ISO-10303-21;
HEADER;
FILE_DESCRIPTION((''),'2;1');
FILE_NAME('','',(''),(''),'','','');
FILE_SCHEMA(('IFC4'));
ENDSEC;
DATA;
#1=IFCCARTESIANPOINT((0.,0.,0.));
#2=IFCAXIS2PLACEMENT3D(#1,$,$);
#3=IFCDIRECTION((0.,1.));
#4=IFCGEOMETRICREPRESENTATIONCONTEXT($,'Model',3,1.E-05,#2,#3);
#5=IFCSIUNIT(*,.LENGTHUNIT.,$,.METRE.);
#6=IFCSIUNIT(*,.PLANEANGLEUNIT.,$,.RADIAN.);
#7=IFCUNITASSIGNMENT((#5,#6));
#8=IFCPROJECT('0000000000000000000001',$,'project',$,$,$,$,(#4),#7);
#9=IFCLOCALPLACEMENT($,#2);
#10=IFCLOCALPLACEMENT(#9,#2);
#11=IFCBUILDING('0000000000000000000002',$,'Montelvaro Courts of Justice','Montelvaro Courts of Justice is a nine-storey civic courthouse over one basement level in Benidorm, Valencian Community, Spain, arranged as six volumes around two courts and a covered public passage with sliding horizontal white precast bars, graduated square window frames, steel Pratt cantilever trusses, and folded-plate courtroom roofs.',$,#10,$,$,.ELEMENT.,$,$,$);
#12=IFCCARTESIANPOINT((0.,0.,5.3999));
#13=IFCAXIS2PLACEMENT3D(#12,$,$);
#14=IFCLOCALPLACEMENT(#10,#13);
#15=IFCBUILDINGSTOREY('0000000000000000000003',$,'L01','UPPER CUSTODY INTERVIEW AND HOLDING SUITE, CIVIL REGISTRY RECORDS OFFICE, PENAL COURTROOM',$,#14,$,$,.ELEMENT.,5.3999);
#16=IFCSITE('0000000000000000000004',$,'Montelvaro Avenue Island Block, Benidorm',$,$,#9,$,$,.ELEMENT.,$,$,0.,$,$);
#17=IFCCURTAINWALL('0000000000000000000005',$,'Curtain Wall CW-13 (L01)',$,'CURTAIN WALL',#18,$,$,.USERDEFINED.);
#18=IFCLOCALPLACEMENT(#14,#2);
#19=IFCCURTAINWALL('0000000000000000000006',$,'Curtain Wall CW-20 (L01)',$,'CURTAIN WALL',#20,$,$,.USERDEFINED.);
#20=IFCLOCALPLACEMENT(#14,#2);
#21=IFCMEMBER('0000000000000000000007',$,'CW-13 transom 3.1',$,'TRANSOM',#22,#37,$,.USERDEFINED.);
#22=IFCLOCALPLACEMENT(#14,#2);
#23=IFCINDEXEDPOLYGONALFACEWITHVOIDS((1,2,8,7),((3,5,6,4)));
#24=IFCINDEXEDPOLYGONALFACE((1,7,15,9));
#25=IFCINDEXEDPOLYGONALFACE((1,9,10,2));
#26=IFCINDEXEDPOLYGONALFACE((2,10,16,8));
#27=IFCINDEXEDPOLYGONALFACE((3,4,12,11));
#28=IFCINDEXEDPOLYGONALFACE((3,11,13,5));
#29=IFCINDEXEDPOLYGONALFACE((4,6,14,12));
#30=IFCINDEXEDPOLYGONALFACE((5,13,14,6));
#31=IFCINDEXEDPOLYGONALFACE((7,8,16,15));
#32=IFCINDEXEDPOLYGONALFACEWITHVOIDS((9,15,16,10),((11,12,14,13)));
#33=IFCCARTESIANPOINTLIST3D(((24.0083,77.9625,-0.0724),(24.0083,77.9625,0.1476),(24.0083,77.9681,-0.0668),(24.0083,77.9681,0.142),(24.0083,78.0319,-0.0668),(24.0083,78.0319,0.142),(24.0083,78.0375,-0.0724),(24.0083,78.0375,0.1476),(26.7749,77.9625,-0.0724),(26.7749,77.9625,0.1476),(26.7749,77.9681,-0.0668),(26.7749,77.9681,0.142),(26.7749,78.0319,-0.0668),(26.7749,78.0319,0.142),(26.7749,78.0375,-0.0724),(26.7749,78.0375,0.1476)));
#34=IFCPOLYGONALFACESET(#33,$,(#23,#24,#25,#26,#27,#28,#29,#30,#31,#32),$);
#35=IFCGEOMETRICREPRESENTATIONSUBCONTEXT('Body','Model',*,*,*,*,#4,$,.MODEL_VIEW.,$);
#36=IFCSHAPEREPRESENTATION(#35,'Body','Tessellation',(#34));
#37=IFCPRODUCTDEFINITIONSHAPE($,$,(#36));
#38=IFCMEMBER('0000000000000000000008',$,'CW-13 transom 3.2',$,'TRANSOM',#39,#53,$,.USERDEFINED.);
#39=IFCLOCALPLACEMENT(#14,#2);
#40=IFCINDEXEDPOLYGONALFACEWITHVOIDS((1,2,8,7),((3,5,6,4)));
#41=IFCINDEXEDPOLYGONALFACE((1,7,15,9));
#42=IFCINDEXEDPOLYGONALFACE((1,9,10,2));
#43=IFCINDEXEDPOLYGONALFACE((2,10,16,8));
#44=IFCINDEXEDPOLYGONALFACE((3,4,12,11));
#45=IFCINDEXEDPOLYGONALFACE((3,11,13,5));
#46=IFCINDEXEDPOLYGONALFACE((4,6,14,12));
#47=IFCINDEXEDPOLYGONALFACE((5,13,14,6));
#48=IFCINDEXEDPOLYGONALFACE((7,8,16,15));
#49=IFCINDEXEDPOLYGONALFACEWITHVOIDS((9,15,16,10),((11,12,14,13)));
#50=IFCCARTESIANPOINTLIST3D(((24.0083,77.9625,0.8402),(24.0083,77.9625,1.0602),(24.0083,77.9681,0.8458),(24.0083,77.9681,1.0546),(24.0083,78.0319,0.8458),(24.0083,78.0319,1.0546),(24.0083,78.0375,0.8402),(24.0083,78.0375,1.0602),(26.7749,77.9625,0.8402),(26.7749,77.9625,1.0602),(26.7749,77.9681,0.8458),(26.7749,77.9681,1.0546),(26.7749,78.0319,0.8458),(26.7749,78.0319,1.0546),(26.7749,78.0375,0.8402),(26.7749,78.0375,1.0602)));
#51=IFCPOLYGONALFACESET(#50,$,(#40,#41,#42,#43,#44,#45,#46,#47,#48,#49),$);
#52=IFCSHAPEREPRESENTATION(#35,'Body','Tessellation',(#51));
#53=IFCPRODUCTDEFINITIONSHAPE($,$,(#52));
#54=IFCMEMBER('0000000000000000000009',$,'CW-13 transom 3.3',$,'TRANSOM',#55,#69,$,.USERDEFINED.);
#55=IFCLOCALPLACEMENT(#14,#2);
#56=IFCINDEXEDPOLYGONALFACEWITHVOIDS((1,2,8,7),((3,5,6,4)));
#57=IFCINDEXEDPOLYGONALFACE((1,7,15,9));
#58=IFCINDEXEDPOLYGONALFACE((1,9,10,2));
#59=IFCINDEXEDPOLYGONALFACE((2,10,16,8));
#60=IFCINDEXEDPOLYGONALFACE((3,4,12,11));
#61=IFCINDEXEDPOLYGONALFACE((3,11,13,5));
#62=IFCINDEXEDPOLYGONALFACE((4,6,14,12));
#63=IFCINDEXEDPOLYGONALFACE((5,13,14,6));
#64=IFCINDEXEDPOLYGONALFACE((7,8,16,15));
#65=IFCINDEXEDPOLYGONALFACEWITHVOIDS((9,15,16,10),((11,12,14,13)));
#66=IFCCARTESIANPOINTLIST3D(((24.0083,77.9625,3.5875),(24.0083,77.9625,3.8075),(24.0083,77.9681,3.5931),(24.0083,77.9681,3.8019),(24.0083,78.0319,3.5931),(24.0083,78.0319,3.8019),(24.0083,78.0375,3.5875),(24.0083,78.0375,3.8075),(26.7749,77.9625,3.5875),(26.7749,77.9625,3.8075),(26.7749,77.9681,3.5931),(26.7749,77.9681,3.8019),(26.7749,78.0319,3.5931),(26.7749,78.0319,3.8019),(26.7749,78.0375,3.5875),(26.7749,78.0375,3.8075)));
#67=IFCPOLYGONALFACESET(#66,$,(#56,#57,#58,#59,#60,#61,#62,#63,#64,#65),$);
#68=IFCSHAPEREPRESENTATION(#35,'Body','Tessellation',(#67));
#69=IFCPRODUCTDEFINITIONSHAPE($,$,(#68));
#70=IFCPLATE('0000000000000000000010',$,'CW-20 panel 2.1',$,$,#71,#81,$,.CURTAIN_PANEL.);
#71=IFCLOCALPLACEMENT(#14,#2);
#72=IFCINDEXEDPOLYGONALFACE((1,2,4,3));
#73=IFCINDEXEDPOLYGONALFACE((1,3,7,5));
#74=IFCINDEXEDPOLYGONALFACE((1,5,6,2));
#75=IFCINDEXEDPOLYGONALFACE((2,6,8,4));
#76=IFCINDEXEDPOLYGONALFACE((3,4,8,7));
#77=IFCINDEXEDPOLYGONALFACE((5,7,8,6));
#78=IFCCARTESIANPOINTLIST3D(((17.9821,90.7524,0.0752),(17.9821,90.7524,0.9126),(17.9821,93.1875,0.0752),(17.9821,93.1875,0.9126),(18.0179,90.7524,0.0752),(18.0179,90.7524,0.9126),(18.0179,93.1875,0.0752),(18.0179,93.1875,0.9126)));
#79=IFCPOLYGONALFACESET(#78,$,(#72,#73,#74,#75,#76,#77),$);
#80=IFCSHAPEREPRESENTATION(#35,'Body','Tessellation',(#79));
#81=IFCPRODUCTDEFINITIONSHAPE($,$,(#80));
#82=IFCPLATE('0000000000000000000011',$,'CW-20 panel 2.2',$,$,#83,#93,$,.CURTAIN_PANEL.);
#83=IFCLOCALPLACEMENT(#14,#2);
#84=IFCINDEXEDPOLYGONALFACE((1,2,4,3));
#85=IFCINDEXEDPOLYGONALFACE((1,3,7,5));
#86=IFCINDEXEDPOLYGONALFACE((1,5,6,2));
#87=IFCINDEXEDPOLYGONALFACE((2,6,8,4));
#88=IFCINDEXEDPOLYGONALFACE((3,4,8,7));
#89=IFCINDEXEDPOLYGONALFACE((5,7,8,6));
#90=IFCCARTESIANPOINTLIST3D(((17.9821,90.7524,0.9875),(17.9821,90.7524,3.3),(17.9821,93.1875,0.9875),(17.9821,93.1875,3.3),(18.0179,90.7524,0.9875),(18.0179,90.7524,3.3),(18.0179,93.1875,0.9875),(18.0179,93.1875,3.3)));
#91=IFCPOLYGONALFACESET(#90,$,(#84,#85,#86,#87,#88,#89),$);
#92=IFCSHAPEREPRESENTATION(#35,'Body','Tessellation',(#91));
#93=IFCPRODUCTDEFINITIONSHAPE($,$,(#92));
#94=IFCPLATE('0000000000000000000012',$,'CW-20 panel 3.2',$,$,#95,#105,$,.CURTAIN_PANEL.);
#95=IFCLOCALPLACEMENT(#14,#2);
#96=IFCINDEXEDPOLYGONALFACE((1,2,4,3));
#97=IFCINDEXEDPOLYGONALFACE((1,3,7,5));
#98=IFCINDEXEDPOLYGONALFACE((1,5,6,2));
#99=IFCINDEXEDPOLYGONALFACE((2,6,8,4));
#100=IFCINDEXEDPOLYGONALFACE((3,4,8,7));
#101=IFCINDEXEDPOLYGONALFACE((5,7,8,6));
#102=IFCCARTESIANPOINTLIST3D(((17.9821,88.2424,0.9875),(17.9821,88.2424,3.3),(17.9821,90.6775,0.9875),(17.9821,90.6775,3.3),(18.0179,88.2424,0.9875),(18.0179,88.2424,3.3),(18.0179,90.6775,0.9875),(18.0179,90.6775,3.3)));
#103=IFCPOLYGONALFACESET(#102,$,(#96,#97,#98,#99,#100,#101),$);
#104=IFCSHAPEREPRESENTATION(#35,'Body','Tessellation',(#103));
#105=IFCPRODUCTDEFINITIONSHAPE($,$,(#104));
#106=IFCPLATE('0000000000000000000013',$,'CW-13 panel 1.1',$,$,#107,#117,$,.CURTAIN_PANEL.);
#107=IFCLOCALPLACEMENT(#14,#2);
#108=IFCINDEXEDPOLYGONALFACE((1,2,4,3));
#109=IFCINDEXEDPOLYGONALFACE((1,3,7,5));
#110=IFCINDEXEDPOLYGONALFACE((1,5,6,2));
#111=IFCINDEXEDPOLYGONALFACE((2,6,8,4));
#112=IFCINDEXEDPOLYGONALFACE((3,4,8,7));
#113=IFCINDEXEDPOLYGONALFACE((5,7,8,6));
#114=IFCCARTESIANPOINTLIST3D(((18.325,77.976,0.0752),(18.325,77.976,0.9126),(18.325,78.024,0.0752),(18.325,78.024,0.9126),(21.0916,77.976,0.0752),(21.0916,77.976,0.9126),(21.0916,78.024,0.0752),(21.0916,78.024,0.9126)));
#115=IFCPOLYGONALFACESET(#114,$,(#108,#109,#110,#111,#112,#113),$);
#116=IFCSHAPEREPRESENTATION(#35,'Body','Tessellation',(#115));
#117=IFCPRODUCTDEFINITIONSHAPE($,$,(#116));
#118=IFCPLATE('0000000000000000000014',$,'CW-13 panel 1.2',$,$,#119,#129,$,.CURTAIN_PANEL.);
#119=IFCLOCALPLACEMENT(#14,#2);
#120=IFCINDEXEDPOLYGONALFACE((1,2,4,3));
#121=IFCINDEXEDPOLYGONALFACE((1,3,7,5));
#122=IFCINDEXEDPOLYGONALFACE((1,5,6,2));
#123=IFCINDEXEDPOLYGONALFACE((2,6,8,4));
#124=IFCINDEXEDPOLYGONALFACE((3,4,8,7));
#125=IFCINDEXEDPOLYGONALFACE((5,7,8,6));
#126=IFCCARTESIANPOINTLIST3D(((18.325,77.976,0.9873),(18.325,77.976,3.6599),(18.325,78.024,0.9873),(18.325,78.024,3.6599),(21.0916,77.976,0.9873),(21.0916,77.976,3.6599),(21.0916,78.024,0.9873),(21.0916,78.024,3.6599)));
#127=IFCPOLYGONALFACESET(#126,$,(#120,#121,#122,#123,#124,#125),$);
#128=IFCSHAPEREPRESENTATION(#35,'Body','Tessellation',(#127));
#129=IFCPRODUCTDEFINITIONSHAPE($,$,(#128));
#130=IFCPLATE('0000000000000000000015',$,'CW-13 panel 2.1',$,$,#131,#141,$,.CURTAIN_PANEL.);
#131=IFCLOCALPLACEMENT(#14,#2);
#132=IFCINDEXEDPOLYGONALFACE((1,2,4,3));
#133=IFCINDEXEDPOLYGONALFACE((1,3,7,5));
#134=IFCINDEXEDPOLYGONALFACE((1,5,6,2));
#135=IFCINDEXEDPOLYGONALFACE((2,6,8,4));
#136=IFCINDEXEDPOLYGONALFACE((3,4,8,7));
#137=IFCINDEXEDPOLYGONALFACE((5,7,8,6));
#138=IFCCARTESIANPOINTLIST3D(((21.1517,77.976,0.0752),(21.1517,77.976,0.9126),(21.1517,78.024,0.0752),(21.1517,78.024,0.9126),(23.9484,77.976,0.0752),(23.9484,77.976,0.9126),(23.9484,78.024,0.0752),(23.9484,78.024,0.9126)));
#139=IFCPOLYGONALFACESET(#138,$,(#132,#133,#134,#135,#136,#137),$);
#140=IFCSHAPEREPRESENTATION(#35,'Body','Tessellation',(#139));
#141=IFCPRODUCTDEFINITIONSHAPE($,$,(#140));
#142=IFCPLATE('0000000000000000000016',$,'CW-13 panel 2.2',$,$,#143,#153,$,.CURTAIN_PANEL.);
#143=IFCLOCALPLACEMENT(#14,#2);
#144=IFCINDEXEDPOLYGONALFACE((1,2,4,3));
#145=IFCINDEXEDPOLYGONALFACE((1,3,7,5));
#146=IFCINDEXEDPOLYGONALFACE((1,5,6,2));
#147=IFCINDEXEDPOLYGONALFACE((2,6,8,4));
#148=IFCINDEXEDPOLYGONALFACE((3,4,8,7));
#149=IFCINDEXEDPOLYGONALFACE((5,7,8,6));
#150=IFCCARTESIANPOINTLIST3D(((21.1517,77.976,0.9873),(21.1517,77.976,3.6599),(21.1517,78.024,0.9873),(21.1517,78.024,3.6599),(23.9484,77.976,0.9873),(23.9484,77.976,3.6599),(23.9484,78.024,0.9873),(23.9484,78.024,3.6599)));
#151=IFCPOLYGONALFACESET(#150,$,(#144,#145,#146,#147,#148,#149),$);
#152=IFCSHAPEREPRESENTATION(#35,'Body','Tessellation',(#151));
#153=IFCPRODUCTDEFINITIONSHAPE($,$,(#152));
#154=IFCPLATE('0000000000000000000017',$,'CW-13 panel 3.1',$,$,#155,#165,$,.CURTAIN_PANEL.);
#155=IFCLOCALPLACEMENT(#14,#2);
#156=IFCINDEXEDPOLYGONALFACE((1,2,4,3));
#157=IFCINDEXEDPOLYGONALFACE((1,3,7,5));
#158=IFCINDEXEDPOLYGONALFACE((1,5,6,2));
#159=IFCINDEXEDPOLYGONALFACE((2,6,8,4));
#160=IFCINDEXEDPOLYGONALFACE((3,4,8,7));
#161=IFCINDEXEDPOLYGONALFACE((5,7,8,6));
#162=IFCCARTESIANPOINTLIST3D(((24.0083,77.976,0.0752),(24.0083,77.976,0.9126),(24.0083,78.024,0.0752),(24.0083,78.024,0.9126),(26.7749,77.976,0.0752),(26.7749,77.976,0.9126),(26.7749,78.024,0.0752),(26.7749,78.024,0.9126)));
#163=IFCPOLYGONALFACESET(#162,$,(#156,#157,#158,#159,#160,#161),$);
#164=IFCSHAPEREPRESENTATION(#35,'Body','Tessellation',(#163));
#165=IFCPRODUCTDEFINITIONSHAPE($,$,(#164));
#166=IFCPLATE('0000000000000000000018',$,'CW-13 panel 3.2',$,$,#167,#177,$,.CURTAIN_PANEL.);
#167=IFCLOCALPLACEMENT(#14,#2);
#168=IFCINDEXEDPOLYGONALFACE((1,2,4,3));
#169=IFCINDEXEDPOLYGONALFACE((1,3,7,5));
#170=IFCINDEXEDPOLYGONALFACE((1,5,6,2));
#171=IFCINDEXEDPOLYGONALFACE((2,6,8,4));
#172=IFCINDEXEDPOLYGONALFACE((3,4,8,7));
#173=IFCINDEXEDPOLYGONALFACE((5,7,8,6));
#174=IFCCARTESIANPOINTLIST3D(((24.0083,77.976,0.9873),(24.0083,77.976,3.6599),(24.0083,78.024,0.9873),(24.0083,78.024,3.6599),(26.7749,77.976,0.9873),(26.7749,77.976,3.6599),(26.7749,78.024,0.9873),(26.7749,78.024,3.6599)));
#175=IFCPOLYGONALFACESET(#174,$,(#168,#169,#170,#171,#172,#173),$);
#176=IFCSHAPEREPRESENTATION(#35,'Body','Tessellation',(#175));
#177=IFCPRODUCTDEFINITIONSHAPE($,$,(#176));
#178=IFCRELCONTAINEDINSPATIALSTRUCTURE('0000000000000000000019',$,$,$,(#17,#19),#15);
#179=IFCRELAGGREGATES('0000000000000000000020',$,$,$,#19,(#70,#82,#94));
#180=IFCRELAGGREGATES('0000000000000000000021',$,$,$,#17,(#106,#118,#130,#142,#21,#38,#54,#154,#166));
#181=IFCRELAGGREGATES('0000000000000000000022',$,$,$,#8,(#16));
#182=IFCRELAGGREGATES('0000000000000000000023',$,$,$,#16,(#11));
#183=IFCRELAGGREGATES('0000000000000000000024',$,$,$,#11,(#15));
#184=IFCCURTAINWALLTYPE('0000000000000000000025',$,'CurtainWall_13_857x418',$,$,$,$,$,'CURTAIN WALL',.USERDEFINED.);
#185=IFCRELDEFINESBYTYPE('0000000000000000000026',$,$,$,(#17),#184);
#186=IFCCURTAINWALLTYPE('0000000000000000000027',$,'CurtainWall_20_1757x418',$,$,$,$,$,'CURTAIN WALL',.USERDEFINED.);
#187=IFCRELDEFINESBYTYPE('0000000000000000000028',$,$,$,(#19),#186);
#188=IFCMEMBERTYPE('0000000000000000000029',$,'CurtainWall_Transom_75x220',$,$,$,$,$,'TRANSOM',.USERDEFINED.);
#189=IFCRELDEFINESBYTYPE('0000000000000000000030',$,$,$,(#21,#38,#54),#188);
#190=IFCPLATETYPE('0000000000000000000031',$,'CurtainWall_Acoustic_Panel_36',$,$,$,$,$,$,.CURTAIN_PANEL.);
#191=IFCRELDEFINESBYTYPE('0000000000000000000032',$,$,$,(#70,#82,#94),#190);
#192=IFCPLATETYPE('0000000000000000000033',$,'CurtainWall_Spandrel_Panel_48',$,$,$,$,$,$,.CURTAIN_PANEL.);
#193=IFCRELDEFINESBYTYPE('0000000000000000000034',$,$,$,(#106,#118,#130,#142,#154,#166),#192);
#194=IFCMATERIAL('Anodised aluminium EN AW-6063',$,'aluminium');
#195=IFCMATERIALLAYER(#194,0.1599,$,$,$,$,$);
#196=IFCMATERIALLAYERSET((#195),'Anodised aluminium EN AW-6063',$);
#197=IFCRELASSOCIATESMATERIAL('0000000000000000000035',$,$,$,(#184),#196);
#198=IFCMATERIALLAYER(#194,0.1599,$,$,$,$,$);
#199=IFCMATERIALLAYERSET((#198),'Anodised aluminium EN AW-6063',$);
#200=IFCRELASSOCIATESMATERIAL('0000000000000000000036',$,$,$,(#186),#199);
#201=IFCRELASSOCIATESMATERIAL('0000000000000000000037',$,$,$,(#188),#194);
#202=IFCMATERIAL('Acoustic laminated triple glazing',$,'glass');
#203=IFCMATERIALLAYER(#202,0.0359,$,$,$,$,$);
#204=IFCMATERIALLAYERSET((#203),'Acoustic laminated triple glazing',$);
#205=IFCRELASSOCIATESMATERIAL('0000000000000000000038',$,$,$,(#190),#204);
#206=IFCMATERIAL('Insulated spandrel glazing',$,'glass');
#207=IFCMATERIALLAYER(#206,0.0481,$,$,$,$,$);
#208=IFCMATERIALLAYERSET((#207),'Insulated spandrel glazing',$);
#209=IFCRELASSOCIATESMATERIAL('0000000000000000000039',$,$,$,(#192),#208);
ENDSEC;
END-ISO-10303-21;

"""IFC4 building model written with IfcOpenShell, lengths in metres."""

from ifc_helpers import new_model, si_unit, direction, frame, origin, origin_2d, place, context, subcontext, project, spatial, rectangle, hollow_rectangle, extrude, material, layer, layer_set, material_profile, profile_set, type_object, element, aggregate, save


model = new_model("IFC4")

# Units and contexts
model_context = context("Model", 3, precision=1e-05, world=origin(), true_north=direction((0.0, 1.0)))
body_context = subcontext(model_context, "Body", "Model", "MODEL_VIEW")
ifc_project = project(units=[si_unit("LENGTHUNIT", "METRE"), si_unit("PLANEANGLEUNIT", "RADIAN")], contexts=[model_context])

# Site, building, storey
site_placement = place(None, origin())
site = spatial("IfcSite", under=ifc_project, at=site_placement, Name="Montelvaro Avenue Island Block, Benidorm", CompositionType="ELEMENT", RefElevation=0.0)
building_placement = place(site_placement, origin())
building = spatial("IfcBuilding", under=site, at=building_placement, Name="Montelvaro Courts of Justice", Description="Montelvaro Courts of Justice is a nine-storey civic courthouse over one basement level in Benidorm, Valencian Community, Spain, arranged as six volumes around two courts and a covered public passage with sliding horizontal white precast bars, graduated square window frames, steel Pratt cantilever trusses, and folded-plate courtroom roofs.", CompositionType="ELEMENT")
storey_placement = place(building_placement, frame((0.0, 0.0, 5.3999)))
storey = spatial("IfcBuildingStorey", under=building, at=storey_placement, Name="L01", Description="UPPER CUSTODY INTERVIEW AND HOLDING SUITE, CIVIL REGISTRY RECORDS OFFICE, PENAL COURTROOM", CompositionType="ELEMENT", Elevation=5.3999)

# Curtain walls
ifc_material_1 = material(Name="Anodised aluminium EN AW-6063", Category="aluminium")
ifc_layer_1 = layer(ifc_material_1, 0.1599)
ifc_layer_set_1 = layer_set([ifc_layer_1], Name="Anodised aluminium EN AW-6063")
curtain_wall_type_1 = type_object("IfcCurtainWallType", Name="CurtainWall_13_857x418", ElementType="CURTAIN WALL", PredefinedType="USERDEFINED", material=ifc_layer_set_1)
curtain_wall_1_placement = place(storey_placement, origin())
curtain_wall_1 = element("IfcCurtainWall", 1, at=curtain_wall_1_placement, inside=storey, type_object=curtain_wall_type_1, Name="Curtain Wall CW-13 (L01)", ObjectType="CURTAIN WALL", PredefinedType="USERDEFINED")
ifc_layer_2 = layer(ifc_material_1, 0.1599)
ifc_layer_set_2 = layer_set([ifc_layer_2], Name="Anodised aluminium EN AW-6063")
curtain_wall_type_2 = type_object("IfcCurtainWallType", Name="CurtainWall_20_1757x418", ElementType="CURTAIN WALL", PredefinedType="USERDEFINED", material=ifc_layer_set_2)
curtain_wall_2_placement = place(storey_placement, origin())
curtain_wall_2 = element("IfcCurtainWall", 2, at=curtain_wall_2_placement, inside=storey, type_object=curtain_wall_type_2, Name="Curtain Wall CW-20 (L01)", ObjectType="CURTAIN WALL", PredefinedType="USERDEFINED")

# Members
ifc_material_profile_1 = material_profile(ifc_material_1, hollow_rectangle(XDim=0.075, YDim=0.22, WallThickness=0.0056, at=origin_2d()), Name="ALU-T 75x220")
ifc_profile_set_1 = profile_set([ifc_material_profile_1], Name="Anodised aluminium EN AW-6063")
member_type_1 = type_object("IfcMemberType", Name="CurtainWall_Transom_75x220", ElementType="TRANSOM", PredefinedType="USERDEFINED", material=ifc_profile_set_1)
member_1_placement = place(storey_placement, frame((24.0083, 78.0, 0.0376), z_axis=(1.0, 0.0, 0.0), x_axis=(0.0, 1.0, 0.0)))
member_1 = element("IfcMember", 3, at=member_1_placement, type_object=member_type_1, Name="CW-13 transom 3.1", ObjectType="TRANSOM", PredefinedType="USERDEFINED", context=body_context, shape_type="SweptSolid", body=[
    extrude(hollow_rectangle(XDim=0.075, YDim=0.22, WallThickness=0.0056, at=origin_2d()), origin(), (0.0, 0.0, 1.0), 2.7666),
])
member_2_placement = place(storey_placement, frame((24.0083, 78.0, 0.9502), z_axis=(1.0, 0.0, 0.0), x_axis=(0.0, 1.0, 0.0)))
member_2 = element("IfcMember", 4, at=member_2_placement, type_object=member_type_1, Name="CW-13 transom 3.2", ObjectType="TRANSOM", PredefinedType="USERDEFINED", context=body_context, shape_type="SweptSolid", body=[
    extrude(hollow_rectangle(XDim=0.075, YDim=0.22, WallThickness=0.0056, at=origin_2d()), origin(), (0.0, 0.0, 1.0), 2.7666),
])
member_3_placement = place(storey_placement, frame((24.0083, 78.0, 3.6975), z_axis=(1.0, 0.0, 0.0), x_axis=(0.0, 1.0, 0.0)))
member_3 = element("IfcMember", 5, at=member_3_placement, type_object=member_type_1, Name="CW-13 transom 3.3", ObjectType="TRANSOM", PredefinedType="USERDEFINED", context=body_context, shape_type="SweptSolid", body=[
    extrude(hollow_rectangle(XDim=0.075, YDim=0.22, WallThickness=0.0056, at=origin_2d()), origin(), (0.0, 0.0, 1.0), 2.7666),
])

# Plates
ifc_material_2 = material(Name="Acoustic laminated triple glazing", Category="glass")
ifc_layer_3 = layer(ifc_material_2, 0.0359)
ifc_layer_set_3 = layer_set([ifc_layer_3], Name="Acoustic laminated triple glazing")
plate_type_1 = type_object("IfcPlateType", Name="CurtainWall_Acoustic_Panel_36", PredefinedType="CURTAIN_PANEL", material=ifc_layer_set_3)
plate_1_placement = place(storey_placement, frame((18.0, 91.97, 0.0752), z_axis=(0.0, 0.0, 1.0), x_axis=(0.0, -1.0, 0.0)))
plate_1 = element("IfcPlate", 6, at=plate_1_placement, type_object=plate_type_1, Name="CW-20 panel 2.1", PredefinedType="CURTAIN_PANEL", context=body_context, shape_type="SweptSolid", body=[
    extrude(rectangle(XDim=2.4351, YDim=0.0359, at=origin_2d()), origin(), (0.0, 0.0, 1.0), 0.8374),
])
plate_2_placement = place(storey_placement, frame((18.0, 91.97, 0.9875), z_axis=(0.0, 0.0, 1.0), x_axis=(0.0, -1.0, 0.0)))
plate_2 = element("IfcPlate", 7, at=plate_2_placement, type_object=plate_type_1, Name="CW-20 panel 2.2", PredefinedType="CURTAIN_PANEL", context=body_context, shape_type="SweptSolid", body=[
    extrude(rectangle(XDim=2.4351, YDim=0.0359, at=origin_2d()), origin(), (0.0, 0.0, 1.0), 2.3125),
])
plate_3_placement = place(storey_placement, frame((18.0, 89.46, 0.9875), z_axis=(0.0, 0.0, 1.0), x_axis=(0.0, -1.0, 0.0)))
plate_3 = element("IfcPlate", 8, at=plate_3_placement, type_object=plate_type_1, Name="CW-20 panel 3.2", PredefinedType="CURTAIN_PANEL", context=body_context, shape_type="SweptSolid", body=[
    extrude(rectangle(XDim=2.4351, YDim=0.0359, at=origin_2d()), origin(), (0.0, 0.0, 1.0), 2.3125),
])
aggregate(curtain_wall_2, [plate_1, plate_2, plate_3])
ifc_material_3 = material(Name="Insulated spandrel glazing", Category="glass")
ifc_layer_4 = layer(ifc_material_3, 0.0481)
ifc_layer_set_4 = layer_set([ifc_layer_4], Name="Insulated spandrel glazing")
plate_type_2 = type_object("IfcPlateType", Name="CurtainWall_Spandrel_Panel_48", PredefinedType="CURTAIN_PANEL", material=ifc_layer_set_4)
plate_4_placement = place(storey_placement, frame((19.7083, 78.0, 0.0752), z_axis=(0.0, 0.0, 1.0), x_axis=(1.0, 0.0, 0.0)))
plate_4 = element("IfcPlate", 9, at=plate_4_placement, type_object=plate_type_2, Name="CW-13 panel 1.1", PredefinedType="CURTAIN_PANEL", context=body_context, shape_type="SweptSolid", body=[
    extrude(rectangle(XDim=2.7666, YDim=0.0481, at=origin_2d()), origin(), (0.0, 0.0, 1.0), 0.8374),
])
plate_5_placement = place(storey_placement, frame((19.7083, 78.0, 0.9873), z_axis=(0.0, 0.0, 1.0), x_axis=(1.0, 0.0, 0.0)))
plate_5 = element("IfcPlate", 10, at=plate_5_placement, type_object=plate_type_2, Name="CW-13 panel 1.2", PredefinedType="CURTAIN_PANEL", context=body_context, shape_type="SweptSolid", body=[
    extrude(rectangle(XDim=2.7666, YDim=0.0481, at=origin_2d()), origin(), (0.0, 0.0, 1.0), 2.6726),
])
plate_6_placement = place(storey_placement, frame((22.55, 78.0, 0.0752), z_axis=(0.0, 0.0, 1.0), x_axis=(1.0, 0.0, 0.0)))
plate_6 = element("IfcPlate", 11, at=plate_6_placement, type_object=plate_type_2, Name="CW-13 panel 2.1", PredefinedType="CURTAIN_PANEL", context=body_context, shape_type="SweptSolid", body=[
    extrude(rectangle(XDim=2.7966, YDim=0.0481, at=origin_2d()), origin(), (0.0, 0.0, 1.0), 0.8374),
])
plate_7_placement = place(storey_placement, frame((22.55, 78.0, 0.9873), z_axis=(0.0, 0.0, 1.0), x_axis=(1.0, 0.0, 0.0)))
plate_7 = element("IfcPlate", 12, at=plate_7_placement, type_object=plate_type_2, Name="CW-13 panel 2.2", PredefinedType="CURTAIN_PANEL", context=body_context, shape_type="SweptSolid", body=[
    extrude(rectangle(XDim=2.7966, YDim=0.0481, at=origin_2d()), origin(), (0.0, 0.0, 1.0), 2.6726),
])
plate_8_placement = place(storey_placement, frame((25.3916, 78.0, 0.0752), z_axis=(0.0, 0.0, 1.0), x_axis=(1.0, 0.0, 0.0)))
plate_8 = element("IfcPlate", 13, at=plate_8_placement, type_object=plate_type_2, Name="CW-13 panel 3.1", PredefinedType="CURTAIN_PANEL", context=body_context, shape_type="SweptSolid", body=[
    extrude(rectangle(XDim=2.7666, YDim=0.0481, at=origin_2d()), origin(), (0.0, 0.0, 1.0), 0.8374),
])
plate_9_placement = place(storey_placement, frame((25.3916, 78.0, 0.9873), z_axis=(0.0, 0.0, 1.0), x_axis=(1.0, 0.0, 0.0)))
plate_9 = element("IfcPlate", 14, at=plate_9_placement, type_object=plate_type_2, Name="CW-13 panel 3.2", PredefinedType="CURTAIN_PANEL", context=body_context, shape_type="SweptSolid", body=[
    extrude(rectangle(XDim=2.7666, YDim=0.0481, at=origin_2d()), origin(), (0.0, 0.0, 1.0), 2.6726),
])
aggregate(curtain_wall_1, [plate_4, plate_5, plate_6, plate_7, member_1, member_2, member_3, plate_8, plate_9])

save(model, "model.ifc")
